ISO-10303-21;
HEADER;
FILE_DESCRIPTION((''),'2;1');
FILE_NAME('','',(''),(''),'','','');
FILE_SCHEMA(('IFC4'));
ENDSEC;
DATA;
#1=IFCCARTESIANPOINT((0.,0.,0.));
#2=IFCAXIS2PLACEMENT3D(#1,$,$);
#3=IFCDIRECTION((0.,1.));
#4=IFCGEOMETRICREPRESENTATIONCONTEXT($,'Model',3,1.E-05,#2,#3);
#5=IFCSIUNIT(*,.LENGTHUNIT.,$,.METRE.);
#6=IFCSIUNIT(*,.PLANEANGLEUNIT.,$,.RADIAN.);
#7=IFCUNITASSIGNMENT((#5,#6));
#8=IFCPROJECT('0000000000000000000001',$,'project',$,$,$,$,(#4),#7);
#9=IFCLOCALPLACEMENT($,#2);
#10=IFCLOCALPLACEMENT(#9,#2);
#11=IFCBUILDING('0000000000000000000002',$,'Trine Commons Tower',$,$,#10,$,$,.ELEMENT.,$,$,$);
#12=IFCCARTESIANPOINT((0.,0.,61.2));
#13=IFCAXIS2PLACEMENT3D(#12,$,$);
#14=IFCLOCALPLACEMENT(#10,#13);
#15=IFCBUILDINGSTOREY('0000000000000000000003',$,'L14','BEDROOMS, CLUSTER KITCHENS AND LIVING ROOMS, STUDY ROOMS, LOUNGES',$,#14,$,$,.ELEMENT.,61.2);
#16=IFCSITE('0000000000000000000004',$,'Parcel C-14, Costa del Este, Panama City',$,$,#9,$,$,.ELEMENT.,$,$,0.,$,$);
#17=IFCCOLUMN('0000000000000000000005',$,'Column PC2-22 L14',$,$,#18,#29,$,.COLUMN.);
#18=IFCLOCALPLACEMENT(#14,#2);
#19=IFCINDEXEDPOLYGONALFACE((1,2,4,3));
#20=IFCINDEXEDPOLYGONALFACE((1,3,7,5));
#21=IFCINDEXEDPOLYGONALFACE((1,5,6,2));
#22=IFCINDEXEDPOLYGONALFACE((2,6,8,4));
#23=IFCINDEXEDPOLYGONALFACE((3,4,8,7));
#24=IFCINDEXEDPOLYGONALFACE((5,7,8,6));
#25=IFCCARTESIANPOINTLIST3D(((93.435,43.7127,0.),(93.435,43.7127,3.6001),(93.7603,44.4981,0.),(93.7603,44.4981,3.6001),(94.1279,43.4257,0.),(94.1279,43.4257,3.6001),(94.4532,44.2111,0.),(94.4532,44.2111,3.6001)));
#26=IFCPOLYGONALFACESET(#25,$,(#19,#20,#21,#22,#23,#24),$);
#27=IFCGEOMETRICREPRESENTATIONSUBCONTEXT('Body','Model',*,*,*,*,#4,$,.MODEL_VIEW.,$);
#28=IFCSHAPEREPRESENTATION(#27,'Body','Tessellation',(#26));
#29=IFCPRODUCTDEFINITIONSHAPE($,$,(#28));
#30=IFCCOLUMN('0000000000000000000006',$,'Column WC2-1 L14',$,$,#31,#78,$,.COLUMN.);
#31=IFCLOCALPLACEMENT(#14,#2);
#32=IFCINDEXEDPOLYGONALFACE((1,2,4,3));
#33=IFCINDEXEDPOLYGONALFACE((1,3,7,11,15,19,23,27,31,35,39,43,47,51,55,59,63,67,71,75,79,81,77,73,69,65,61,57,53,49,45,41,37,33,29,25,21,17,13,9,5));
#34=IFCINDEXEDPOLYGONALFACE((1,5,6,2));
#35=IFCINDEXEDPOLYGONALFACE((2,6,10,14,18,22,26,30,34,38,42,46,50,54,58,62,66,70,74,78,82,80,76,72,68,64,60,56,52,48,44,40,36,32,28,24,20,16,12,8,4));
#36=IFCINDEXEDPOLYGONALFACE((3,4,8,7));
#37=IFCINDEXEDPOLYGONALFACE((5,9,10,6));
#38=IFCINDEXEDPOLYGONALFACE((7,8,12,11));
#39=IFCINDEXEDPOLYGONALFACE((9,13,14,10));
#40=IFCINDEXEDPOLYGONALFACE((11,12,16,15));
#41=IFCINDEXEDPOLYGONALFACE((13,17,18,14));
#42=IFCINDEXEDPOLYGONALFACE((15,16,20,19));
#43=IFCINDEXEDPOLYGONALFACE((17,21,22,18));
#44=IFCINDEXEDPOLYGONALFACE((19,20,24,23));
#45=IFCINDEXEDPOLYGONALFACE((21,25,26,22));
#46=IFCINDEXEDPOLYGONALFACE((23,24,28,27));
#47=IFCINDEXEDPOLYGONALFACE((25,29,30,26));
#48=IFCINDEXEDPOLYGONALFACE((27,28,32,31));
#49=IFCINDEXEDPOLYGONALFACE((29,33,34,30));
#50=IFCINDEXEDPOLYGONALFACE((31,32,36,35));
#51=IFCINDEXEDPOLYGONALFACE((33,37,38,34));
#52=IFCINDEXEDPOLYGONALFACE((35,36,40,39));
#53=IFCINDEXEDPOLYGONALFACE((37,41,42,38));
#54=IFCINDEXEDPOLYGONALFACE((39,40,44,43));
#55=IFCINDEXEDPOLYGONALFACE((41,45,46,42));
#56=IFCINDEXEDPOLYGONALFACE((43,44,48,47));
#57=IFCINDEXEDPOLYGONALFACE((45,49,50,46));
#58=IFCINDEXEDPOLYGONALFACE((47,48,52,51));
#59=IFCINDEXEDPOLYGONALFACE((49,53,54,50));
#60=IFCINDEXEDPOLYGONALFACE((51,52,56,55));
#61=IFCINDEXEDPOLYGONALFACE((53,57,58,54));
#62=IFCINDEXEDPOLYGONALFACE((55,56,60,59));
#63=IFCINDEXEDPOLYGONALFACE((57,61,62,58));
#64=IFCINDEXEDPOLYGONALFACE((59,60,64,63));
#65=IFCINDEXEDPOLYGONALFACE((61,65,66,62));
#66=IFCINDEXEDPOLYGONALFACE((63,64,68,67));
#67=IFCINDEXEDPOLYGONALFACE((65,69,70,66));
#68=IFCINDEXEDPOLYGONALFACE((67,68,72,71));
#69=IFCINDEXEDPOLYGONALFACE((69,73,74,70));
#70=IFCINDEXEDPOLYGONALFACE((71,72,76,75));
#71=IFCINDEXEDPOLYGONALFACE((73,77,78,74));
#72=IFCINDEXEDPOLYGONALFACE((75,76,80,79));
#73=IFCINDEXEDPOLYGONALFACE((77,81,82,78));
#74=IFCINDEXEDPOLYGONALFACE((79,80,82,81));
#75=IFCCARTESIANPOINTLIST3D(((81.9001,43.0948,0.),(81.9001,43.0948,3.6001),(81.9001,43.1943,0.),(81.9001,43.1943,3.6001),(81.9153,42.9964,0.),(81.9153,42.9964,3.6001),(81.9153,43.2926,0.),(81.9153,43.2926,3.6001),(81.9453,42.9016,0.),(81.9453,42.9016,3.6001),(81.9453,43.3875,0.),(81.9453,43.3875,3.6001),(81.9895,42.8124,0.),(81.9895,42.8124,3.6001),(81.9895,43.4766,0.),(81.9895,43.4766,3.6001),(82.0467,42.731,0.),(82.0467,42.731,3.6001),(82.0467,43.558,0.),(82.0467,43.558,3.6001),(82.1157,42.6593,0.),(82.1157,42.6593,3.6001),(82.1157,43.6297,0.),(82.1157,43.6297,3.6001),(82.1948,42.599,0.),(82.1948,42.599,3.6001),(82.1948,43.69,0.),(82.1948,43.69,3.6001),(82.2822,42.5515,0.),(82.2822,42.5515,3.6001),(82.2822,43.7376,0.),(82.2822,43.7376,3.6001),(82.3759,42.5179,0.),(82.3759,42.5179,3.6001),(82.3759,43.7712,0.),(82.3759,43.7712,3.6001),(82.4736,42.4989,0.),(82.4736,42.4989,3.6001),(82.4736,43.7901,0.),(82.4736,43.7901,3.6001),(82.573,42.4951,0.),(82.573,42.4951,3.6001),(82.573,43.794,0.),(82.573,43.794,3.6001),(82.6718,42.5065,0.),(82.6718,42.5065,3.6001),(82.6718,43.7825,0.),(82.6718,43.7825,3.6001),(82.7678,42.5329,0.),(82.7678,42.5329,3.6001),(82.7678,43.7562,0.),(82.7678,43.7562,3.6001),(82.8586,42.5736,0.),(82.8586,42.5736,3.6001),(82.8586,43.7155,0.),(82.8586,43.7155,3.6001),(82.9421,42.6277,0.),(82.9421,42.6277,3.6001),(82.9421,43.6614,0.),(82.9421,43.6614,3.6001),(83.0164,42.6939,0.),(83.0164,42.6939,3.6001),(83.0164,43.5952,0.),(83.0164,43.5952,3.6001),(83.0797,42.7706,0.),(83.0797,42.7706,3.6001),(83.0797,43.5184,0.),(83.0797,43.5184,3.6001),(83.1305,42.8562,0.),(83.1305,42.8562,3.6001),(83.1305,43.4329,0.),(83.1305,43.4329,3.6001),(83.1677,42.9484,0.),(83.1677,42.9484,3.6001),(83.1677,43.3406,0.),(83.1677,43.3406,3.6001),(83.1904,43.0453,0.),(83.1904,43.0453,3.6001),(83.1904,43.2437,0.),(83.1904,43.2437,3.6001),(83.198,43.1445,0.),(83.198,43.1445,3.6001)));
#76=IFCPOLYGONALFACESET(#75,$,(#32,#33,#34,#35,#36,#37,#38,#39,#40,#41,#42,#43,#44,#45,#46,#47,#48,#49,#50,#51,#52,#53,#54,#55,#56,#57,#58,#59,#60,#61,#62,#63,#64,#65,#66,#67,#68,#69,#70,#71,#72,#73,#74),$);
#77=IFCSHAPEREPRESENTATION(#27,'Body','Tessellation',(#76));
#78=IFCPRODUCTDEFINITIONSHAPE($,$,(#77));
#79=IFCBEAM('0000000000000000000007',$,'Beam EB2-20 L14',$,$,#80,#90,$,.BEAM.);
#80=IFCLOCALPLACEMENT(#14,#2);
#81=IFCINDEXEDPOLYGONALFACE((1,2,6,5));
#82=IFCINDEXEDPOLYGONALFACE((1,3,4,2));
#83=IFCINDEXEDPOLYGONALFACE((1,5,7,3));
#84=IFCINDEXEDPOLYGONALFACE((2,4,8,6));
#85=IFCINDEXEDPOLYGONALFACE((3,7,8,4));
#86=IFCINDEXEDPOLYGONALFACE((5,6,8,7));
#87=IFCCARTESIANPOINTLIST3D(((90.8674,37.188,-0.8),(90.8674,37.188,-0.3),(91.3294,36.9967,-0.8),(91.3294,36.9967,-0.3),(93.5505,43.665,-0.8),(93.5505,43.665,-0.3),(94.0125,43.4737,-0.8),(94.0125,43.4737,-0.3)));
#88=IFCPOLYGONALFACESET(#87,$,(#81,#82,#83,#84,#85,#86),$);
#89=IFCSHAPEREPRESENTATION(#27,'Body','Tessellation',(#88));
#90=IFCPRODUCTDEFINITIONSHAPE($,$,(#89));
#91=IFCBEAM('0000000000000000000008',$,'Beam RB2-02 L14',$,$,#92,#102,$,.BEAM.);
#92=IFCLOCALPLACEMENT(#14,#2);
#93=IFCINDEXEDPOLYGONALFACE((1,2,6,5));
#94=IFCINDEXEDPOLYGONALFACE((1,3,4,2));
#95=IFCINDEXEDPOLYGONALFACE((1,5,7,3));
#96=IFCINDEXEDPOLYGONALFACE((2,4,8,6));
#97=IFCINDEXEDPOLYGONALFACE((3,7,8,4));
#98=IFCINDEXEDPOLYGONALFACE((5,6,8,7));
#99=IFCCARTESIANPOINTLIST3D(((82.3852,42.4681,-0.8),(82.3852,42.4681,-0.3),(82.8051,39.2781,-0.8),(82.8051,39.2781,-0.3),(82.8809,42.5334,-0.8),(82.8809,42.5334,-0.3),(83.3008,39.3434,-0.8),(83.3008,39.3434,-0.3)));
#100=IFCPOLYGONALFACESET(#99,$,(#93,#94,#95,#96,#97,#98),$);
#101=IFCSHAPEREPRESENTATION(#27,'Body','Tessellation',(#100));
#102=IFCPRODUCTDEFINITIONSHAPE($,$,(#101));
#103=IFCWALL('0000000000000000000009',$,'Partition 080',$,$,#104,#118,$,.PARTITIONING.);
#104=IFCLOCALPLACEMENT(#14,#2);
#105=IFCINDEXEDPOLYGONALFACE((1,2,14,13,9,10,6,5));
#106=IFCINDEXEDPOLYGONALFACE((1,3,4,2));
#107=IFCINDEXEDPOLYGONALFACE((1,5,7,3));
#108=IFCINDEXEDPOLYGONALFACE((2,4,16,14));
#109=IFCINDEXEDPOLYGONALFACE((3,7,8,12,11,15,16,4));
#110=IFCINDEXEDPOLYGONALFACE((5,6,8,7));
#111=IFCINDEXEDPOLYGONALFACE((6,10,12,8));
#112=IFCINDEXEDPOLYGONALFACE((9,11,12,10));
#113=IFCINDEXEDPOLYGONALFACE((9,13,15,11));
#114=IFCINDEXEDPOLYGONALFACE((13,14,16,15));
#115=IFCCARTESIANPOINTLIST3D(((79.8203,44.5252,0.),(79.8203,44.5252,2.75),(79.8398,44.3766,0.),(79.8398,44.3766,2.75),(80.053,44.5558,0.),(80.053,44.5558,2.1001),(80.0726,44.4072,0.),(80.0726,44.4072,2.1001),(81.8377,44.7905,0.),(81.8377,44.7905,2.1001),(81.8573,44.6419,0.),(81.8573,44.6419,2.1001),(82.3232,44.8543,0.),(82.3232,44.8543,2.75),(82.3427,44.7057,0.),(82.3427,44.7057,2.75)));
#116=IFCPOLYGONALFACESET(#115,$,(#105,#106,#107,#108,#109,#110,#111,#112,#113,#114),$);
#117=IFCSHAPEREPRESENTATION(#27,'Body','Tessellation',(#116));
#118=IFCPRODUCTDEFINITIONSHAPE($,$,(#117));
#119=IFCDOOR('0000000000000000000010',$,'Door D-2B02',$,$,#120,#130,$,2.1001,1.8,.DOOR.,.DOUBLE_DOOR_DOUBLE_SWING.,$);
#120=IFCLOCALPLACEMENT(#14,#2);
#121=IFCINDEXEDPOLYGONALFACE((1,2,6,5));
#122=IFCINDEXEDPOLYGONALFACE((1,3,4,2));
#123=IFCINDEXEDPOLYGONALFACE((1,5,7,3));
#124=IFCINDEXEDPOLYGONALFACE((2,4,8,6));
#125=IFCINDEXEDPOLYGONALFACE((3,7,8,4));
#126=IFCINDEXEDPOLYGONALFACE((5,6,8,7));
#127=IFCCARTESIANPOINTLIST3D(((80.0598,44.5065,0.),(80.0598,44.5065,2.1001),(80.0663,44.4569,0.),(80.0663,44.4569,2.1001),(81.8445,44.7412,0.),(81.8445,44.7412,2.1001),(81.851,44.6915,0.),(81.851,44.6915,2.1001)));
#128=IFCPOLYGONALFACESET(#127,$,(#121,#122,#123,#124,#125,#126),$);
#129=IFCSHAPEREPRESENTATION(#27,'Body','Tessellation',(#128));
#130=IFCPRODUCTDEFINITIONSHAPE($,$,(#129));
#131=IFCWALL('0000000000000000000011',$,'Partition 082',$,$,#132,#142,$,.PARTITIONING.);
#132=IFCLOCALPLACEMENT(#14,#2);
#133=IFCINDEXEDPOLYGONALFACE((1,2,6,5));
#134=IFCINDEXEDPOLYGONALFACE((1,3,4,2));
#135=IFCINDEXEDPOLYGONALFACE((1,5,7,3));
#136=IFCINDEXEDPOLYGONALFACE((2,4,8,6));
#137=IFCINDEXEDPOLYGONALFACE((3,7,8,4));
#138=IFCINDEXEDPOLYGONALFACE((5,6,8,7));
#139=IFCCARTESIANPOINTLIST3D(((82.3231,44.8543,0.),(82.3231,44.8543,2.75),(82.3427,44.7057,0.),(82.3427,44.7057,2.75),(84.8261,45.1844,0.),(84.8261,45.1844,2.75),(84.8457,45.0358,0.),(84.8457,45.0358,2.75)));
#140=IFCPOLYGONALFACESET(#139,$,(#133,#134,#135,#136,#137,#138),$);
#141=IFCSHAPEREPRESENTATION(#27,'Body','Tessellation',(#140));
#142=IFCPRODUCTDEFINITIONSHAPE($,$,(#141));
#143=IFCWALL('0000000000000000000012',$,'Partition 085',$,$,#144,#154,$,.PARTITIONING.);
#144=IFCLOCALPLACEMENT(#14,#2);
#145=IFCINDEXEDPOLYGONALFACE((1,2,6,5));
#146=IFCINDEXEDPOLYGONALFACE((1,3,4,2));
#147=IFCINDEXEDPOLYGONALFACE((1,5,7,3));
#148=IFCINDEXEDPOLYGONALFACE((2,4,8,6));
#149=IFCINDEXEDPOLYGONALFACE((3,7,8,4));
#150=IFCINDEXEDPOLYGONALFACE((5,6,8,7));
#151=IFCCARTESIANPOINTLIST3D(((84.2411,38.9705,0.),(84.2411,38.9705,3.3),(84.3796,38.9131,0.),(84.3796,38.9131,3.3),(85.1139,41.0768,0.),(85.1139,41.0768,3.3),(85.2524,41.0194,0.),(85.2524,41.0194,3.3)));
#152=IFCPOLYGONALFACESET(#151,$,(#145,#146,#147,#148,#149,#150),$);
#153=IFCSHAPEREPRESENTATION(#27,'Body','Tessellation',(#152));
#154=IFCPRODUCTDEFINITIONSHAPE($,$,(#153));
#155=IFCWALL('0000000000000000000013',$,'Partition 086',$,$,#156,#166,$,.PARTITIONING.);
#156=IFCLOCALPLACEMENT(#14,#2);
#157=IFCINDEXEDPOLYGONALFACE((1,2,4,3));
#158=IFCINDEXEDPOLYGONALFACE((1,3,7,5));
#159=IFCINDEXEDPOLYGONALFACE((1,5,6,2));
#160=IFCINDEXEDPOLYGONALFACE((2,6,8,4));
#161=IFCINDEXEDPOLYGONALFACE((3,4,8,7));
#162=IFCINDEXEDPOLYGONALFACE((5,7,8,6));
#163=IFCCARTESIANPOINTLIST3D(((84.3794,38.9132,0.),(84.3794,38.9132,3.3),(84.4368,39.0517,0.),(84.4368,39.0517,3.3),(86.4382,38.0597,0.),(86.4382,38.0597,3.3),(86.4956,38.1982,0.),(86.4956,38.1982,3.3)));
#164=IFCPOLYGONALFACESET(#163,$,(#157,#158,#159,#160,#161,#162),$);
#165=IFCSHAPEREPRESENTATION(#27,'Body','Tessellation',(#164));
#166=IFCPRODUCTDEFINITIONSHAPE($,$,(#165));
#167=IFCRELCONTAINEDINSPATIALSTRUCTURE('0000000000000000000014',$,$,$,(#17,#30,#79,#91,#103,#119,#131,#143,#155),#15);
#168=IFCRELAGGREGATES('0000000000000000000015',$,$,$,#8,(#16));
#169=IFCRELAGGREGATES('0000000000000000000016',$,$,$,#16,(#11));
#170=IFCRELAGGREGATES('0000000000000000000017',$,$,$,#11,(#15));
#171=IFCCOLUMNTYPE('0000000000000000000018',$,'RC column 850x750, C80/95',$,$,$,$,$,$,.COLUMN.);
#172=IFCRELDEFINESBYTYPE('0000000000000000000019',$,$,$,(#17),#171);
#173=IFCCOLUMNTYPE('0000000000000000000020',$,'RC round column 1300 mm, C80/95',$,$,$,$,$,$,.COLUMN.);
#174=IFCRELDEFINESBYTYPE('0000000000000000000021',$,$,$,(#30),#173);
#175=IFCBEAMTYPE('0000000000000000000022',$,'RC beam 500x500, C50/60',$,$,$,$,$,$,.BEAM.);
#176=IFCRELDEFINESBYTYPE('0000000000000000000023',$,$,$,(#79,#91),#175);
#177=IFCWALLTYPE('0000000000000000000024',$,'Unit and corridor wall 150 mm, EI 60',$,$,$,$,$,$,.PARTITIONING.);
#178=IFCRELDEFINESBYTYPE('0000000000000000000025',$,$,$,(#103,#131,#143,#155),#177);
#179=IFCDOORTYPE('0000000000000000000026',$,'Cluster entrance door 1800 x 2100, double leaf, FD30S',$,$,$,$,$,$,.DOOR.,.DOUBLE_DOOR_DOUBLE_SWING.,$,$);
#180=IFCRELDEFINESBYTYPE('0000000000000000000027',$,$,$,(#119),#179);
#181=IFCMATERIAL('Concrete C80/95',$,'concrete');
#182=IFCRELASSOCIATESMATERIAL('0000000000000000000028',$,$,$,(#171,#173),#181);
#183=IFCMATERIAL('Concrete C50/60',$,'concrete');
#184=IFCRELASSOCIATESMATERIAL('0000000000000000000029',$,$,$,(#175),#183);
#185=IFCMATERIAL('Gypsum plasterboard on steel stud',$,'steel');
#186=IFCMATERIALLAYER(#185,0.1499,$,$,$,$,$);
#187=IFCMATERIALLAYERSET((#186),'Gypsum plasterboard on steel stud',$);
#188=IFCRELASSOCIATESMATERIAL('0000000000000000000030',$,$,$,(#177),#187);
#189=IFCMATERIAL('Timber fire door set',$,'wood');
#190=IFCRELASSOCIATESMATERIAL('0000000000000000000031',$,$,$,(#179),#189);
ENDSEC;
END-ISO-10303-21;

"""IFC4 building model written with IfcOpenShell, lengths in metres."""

from ifc_helpers import new_model, si_unit, direction, frame, frame_2d, origin, origin_2d, place, context, subcontext, project, spatial, rectangle, circle, extrude, material, layer, layer_set, material_profile, profile_set, type_object, element, fill, save


model = new_model("IFC4")

# Units and contexts
model_context = context("Model", 3, precision=1e-05, world=origin(), true_north=direction((0.0, 1.0)))
body_context = subcontext(model_context, "Body", "Model", "MODEL_VIEW")
ifc_project = project(units=[si_unit("LENGTHUNIT", "METRE"), si_unit("PLANEANGLEUNIT", "RADIAN")], contexts=[model_context])

# Site, building, storey
site_placement = place(None, origin())
site = spatial("IfcSite", under=ifc_project, at=site_placement, Name="Parcel C-14, Costa del Este, Panama City", CompositionType="ELEMENT", RefElevation=0.0)
building_placement = place(site_placement, origin())
building = spatial("IfcBuilding", under=site, at=building_placement, Name="Trine Commons Tower", CompositionType="ELEMENT")
storey_placement = place(building_placement, frame((0.0, 0.0, 61.2)))
storey = spatial("IfcBuildingStorey", under=building, at=storey_placement, Name="L14", Description="BEDROOMS, CLUSTER KITCHENS AND LIVING ROOMS, STUDY ROOMS, LOUNGES", CompositionType="ELEMENT", Elevation=61.2)

# Columns
ifc_material_1 = material(Name="Concrete C80/95", Category="concrete")
ifc_material_profile_1 = material_profile(ifc_material_1, rectangle(XDim=0.8501, YDim=0.75, at=origin_2d()), Name="RC 850x750")
ifc_profile_set_1 = profile_set([ifc_material_profile_1], Name="Concrete C80/95")
column_type_1 = type_object("IfcColumnType", Name="RC column 850x750, C80/95", PredefinedType="COLUMN", material=ifc_profile_set_1)
column_1_placement = place(storey_placement, frame((93.9441, 43.9619, 0.0), z_axis=(0.0, 0.0, 1.0), x_axis=(0.382683, 0.92388, 0.0)))
element("IfcColumn", 1, at=column_1_placement, inside=storey, type_object=column_type_1, Name="Column PC2-22 L14", PredefinedType="COLUMN", context=body_context, shape_type="SweptSolid", body=[
    extrude(rectangle(XDim=0.8501, YDim=0.75, at=origin_2d()), origin(), (0.0, 0.0, 1.0), 3.6001),
])
ifc_material_profile_2 = material_profile(ifc_material_1, circle(Radius=0.6499, at=origin_2d()), Name="RC round 1300")
ifc_profile_set_2 = profile_set([ifc_material_profile_2], Name="Concrete C80/95")
column_type_2 = type_object("IfcColumnType", Name="RC round column 1300 mm, C80/95", PredefinedType="COLUMN", material=ifc_profile_set_2)
column_2_placement = place(storey_placement, frame((82.5481, 43.1445, 0.0), z_axis=(0.0, 0.0, 1.0), x_axis=(1.0, 0.0, 0.0)))
element("IfcColumn", 2, at=column_2_placement, inside=storey, type_object=column_type_2, Name="Column WC2-1 L14", PredefinedType="COLUMN", context=body_context, shape_type="SweptSolid", body=[
    extrude(circle(Radius=0.6499, at=origin_2d()), origin(), (0.0, 0.0, 1.0), 3.6001),
])

# Beams
ifc_material_2 = material(Name="Concrete C50/60", Category="concrete")
ifc_material_profile_3 = material_profile(ifc_material_2, rectangle(XDim=0.5, YDim=0.5, at=origin_2d()), Name="RC 500x500")
ifc_profile_set_3 = profile_set([ifc_material_profile_3], Name="Concrete C50/60")
beam_type = type_object("IfcBeamType", Name="RC beam 500x500, C50/60", PredefinedType="BEAM", material=ifc_profile_set_3)
beam_1_placement = place(storey_placement, frame((93.7815, 43.5693, -0.55), z_axis=(-0.382711, -0.923868, 0.0), x_axis=(0.923868, -0.382711, 0.0)))
element("IfcBeam", 3, at=beam_1_placement, inside=storey, type_object=beam_type, Name="Beam EB2-20 L14", PredefinedType="BEAM", context=body_context, shape_type="SweptSolid", body=[
    extrude(rectangle(XDim=0.5, YDim=0.5, at=origin_2d()), origin(), (0.0, 0.0, 1.0), 7.0107),
])
beam_2_placement = place(storey_placement, frame((82.6331, 42.5007, -0.55), z_axis=(0.130513, -0.991447, 0.0), x_axis=(0.991447, 0.130513, 0.0)))
element("IfcBeam", 4, at=beam_2_placement, inside=storey, type_object=beam_type, Name="Beam RB2-02 L14", PredefinedType="BEAM", context=body_context, shape_type="SweptSolid", body=[
    extrude(rectangle(XDim=0.5, YDim=0.5, at=origin_2d()), origin(), (0.0, 0.0, 1.0), 3.2175),
])

# Wall, opening, door
ifc_material_3 = material(Name="Gypsum plasterboard on steel stud", Category="steel")
ifc_layer_1 = layer(ifc_material_3, 0.1499)
ifc_layer_set_1 = layer_set([ifc_layer_1], Name="Gypsum plasterboard on steel stud")
wall_type_1 = type_object("IfcWallType", Name="Unit and corridor wall 150 mm, EI 60", PredefinedType="PARTITIONING", material=ifc_layer_set_1)
wall_1_placement = place(storey_placement, frame((79.8301, 44.4509, 0.0), z_axis=(0.0, 0.0, 1.0), x_axis=(0.991466, 0.130364, 0.0)))
wall_1 = element("IfcWall", 5, at=wall_1_placement, inside=storey, type_object=wall_type_1, Name="Partition 080", PredefinedType="PARTITIONING", context=body_context, shape_type="SweptSolid", body=[
    extrude(rectangle(XDim=2.5244, YDim=0.1499, at=frame_2d((1.2622, 0.0))), origin(), (0.0, 0.0, 1.0), 2.75),
])
opening_1_placement = place(wall_1_placement, frame((0.2349, 0.0, 0.0)))
opening_1 = element("IfcOpeningElement", 6, at=opening_1_placement, cuts=wall_1, PredefinedType="OPENING", context=body_context, shape_type="SweptSolid", body=[
    extrude(rectangle(XDim=1.8, YDim=2.1001, at=frame_2d((0.8999, 1.05))), frame((0.0, 0.085, 0.0), z_axis=(0.0, -1.0, 0.0), x_axis=(1.0, 0.0, 0.0)), (0.0, 0.0, 1.0), 0.1699),
])
ifc_material_4 = material(Name="Timber fire door set", Category="wood")
door_type_1 = type_object("IfcDoorType", Name="Cluster entrance door 1800 x 2100, double leaf, FD30S", OperationType="DOUBLE_DOOR_DOUBLE_SWING", PredefinedType="DOOR", material=ifc_material_4)
door_1_placement = place(opening_1_placement, frame((1.8, 0.0, 0.0), z_axis=(0.0, 0.0, 1.0), x_axis=(-1.0, 0.0, 0.0)))
door_1 = element("IfcDoor", 7, at=door_1_placement, inside=storey, type_object=door_type_1, Name="Door D-2B02", OperationType="DOUBLE_DOOR_DOUBLE_SWING", OverallHeight=2.1001, OverallWidth=1.8, PredefinedType="DOOR", context=body_context, shape_type="SweptSolid", body=[
    extrude(rectangle(XDim=1.8, YDim=2.1001, at=frame_2d((0.8999, 1.05))), frame((0.0, 0.0249, 0.0), z_axis=(0.0, -1.0, 0.0), x_axis=(1.0, 0.0, 0.0)), (0.0, 0.0, 1.0), 0.05),
])
fill(opening_1, door_1)

# Walls
wall_2_placement = place(storey_placement, frame((82.333, 44.78, 0.0), z_axis=(0.0, 0.0, 1.0), x_axis=(0.991416, 0.130745, 0.0)))
element("IfcWall", 8, at=wall_2_placement, inside=storey, type_object=wall_type_1, Name="Partition 082", PredefinedType="PARTITIONING", context=body_context, shape_type="SweptSolid", body=[
    extrude(rectangle(XDim=2.5247, YDim=0.1499, at=frame_2d((1.2622, 0.0))), origin(), (0.0, 0.0, 1.0), 2.75),
])
wall_3_placement = place(storey_placement, frame((84.3103, 38.9417, 0.0), z_axis=(0.0, 0.0, 1.0), x_axis=(0.38279, 0.923835, 0.0)))
element("IfcWall", 9, at=wall_3_placement, inside=storey, type_object=wall_type_1, Name="Partition 085", PredefinedType="PARTITIONING", context=body_context, shape_type="SweptSolid", body=[
    extrude(rectangle(XDim=2.28, YDim=0.1499, at=frame_2d((1.1401, 0.0))), origin(), (0.0, 0.0, 1.0), 3.3),
])
wall_4_placement = place(storey_placement, frame((84.4082, 38.9824, 0.0), z_axis=(0.0, 0.0, 1.0), x_axis=(0.923766, -0.382958, 0.0)))
element("IfcWall", 10, at=wall_4_placement, inside=storey, type_object=wall_type_1, Name="Partition 086", PredefinedType="PARTITIONING", context=body_context, shape_type="SweptSolid", body=[
    extrude(rectangle(XDim=2.2288, YDim=0.1499, at=frame_2d((1.1143, 0.0))), origin(), (0.0, 0.0, 1.0), 3.3),
])

save(model, "model.ifc")
